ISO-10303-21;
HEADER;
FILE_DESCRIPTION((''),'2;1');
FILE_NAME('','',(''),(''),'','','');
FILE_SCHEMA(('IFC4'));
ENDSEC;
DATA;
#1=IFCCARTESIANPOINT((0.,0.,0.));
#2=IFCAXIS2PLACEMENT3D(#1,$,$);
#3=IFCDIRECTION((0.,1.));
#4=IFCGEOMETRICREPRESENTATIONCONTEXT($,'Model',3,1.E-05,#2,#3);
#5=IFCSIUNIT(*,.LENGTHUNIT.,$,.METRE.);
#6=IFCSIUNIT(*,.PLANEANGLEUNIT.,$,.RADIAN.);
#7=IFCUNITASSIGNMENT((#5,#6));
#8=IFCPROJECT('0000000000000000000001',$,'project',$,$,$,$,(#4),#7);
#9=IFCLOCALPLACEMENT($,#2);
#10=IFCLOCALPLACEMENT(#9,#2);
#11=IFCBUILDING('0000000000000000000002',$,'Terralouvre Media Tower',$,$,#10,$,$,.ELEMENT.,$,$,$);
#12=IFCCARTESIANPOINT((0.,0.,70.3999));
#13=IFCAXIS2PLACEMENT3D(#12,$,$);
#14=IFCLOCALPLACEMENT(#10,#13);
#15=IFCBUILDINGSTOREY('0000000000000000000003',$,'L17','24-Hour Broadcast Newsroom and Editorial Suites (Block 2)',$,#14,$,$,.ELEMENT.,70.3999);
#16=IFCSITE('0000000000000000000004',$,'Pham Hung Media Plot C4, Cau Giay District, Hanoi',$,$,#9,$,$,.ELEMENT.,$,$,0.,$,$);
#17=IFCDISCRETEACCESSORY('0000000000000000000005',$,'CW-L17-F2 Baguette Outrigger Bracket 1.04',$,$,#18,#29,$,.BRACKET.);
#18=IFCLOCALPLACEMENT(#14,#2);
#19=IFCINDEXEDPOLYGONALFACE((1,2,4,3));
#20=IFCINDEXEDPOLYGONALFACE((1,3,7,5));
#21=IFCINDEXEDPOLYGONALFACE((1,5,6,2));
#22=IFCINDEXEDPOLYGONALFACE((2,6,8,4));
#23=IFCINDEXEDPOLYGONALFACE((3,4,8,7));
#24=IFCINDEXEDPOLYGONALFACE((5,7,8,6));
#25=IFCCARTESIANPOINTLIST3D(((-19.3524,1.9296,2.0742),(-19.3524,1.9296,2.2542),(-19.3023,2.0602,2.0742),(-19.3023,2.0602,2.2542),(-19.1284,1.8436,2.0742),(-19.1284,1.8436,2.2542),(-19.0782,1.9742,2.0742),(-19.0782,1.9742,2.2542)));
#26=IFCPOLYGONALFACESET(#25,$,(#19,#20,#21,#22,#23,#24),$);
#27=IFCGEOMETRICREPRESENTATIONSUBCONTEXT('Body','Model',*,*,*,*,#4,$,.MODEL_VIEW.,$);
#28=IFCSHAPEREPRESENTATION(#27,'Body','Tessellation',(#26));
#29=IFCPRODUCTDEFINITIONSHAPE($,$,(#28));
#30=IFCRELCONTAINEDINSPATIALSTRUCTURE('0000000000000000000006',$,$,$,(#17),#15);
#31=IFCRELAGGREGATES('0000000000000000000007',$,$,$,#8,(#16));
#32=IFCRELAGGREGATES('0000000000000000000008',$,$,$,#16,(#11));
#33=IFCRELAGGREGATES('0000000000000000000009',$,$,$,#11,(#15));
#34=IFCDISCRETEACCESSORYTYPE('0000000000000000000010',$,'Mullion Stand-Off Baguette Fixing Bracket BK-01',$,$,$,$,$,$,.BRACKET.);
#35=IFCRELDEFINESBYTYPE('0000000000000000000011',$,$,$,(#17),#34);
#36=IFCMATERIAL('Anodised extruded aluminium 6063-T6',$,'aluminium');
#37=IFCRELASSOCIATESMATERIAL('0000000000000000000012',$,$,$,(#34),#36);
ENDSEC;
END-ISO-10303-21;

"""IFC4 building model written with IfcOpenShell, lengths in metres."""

from ifc_helpers import new_model, si_unit, direction, frame, origin, origin_2d, place, context, subcontext, project, spatial, rectangle, extrude, material, type_object, element, save


model = new_model("IFC4")

# Units and contexts
model_context = context("Model", 3, precision=1e-05, world=origin(), true_north=direction((0.0, 1.0)))
body_context = subcontext(model_context, "Body", "Model", "MODEL_VIEW")
ifc_project = project(units=[si_unit("LENGTHUNIT", "METRE"), si_unit("PLANEANGLEUNIT", "RADIAN")], contexts=[model_context])

# Site, building, storey
site_placement = place(None, origin())
site = spatial("IfcSite", under=ifc_project, at=site_placement, Name="Pham Hung Media Plot C4, Cau Giay District, Hanoi", CompositionType="ELEMENT", RefElevation=0.0)
building_placement = place(site_placement, origin())
building = spatial("IfcBuilding", under=site, at=building_placement, Name="Terralouvre Media Tower", CompositionType="ELEMENT")
storey_placement = place(building_placement, frame((0.0, 0.0, 70.3999)))
storey = spatial("IfcBuildingStorey", under=building, at=storey_placement, Name="L17", Description="24-Hour Broadcast Newsroom and Editorial Suites (Block 2)", CompositionType="ELEMENT", Elevation=70.3999)

# Discrete accessory
ifc_material_1 = material(Name="Anodised extruded aluminium 6063-T6", Category="aluminium")
discrete_accessory_type = type_object("IfcDiscreteAccessoryType", Name="Mullion Stand-Off Baguette Fixing Bracket BK-01", PredefinedType="BRACKET", material=ifc_material_1)
discrete_accessory_placement = place(storey_placement, frame((-19.2153, 1.9519, 2.0742), z_axis=(0.0, 0.0, 1.0), x_axis=(-0.358368, -0.93358, 0.0)))
element("IfcDiscreteAccessory", 1, at=discrete_accessory_placement, inside=storey, type_object=discrete_accessory_type, Name="CW-L17-F2 Baguette Outrigger Bracket 1.04", PredefinedType="BRACKET", context=body_context, shape_type="SweptSolid", body=[
    extrude(rectangle(XDim=0.1399, YDim=0.24, at=origin_2d()), origin(), (0.0, 0.0, 1.0), 0.1799),
])

save(model, "model.ifc")
